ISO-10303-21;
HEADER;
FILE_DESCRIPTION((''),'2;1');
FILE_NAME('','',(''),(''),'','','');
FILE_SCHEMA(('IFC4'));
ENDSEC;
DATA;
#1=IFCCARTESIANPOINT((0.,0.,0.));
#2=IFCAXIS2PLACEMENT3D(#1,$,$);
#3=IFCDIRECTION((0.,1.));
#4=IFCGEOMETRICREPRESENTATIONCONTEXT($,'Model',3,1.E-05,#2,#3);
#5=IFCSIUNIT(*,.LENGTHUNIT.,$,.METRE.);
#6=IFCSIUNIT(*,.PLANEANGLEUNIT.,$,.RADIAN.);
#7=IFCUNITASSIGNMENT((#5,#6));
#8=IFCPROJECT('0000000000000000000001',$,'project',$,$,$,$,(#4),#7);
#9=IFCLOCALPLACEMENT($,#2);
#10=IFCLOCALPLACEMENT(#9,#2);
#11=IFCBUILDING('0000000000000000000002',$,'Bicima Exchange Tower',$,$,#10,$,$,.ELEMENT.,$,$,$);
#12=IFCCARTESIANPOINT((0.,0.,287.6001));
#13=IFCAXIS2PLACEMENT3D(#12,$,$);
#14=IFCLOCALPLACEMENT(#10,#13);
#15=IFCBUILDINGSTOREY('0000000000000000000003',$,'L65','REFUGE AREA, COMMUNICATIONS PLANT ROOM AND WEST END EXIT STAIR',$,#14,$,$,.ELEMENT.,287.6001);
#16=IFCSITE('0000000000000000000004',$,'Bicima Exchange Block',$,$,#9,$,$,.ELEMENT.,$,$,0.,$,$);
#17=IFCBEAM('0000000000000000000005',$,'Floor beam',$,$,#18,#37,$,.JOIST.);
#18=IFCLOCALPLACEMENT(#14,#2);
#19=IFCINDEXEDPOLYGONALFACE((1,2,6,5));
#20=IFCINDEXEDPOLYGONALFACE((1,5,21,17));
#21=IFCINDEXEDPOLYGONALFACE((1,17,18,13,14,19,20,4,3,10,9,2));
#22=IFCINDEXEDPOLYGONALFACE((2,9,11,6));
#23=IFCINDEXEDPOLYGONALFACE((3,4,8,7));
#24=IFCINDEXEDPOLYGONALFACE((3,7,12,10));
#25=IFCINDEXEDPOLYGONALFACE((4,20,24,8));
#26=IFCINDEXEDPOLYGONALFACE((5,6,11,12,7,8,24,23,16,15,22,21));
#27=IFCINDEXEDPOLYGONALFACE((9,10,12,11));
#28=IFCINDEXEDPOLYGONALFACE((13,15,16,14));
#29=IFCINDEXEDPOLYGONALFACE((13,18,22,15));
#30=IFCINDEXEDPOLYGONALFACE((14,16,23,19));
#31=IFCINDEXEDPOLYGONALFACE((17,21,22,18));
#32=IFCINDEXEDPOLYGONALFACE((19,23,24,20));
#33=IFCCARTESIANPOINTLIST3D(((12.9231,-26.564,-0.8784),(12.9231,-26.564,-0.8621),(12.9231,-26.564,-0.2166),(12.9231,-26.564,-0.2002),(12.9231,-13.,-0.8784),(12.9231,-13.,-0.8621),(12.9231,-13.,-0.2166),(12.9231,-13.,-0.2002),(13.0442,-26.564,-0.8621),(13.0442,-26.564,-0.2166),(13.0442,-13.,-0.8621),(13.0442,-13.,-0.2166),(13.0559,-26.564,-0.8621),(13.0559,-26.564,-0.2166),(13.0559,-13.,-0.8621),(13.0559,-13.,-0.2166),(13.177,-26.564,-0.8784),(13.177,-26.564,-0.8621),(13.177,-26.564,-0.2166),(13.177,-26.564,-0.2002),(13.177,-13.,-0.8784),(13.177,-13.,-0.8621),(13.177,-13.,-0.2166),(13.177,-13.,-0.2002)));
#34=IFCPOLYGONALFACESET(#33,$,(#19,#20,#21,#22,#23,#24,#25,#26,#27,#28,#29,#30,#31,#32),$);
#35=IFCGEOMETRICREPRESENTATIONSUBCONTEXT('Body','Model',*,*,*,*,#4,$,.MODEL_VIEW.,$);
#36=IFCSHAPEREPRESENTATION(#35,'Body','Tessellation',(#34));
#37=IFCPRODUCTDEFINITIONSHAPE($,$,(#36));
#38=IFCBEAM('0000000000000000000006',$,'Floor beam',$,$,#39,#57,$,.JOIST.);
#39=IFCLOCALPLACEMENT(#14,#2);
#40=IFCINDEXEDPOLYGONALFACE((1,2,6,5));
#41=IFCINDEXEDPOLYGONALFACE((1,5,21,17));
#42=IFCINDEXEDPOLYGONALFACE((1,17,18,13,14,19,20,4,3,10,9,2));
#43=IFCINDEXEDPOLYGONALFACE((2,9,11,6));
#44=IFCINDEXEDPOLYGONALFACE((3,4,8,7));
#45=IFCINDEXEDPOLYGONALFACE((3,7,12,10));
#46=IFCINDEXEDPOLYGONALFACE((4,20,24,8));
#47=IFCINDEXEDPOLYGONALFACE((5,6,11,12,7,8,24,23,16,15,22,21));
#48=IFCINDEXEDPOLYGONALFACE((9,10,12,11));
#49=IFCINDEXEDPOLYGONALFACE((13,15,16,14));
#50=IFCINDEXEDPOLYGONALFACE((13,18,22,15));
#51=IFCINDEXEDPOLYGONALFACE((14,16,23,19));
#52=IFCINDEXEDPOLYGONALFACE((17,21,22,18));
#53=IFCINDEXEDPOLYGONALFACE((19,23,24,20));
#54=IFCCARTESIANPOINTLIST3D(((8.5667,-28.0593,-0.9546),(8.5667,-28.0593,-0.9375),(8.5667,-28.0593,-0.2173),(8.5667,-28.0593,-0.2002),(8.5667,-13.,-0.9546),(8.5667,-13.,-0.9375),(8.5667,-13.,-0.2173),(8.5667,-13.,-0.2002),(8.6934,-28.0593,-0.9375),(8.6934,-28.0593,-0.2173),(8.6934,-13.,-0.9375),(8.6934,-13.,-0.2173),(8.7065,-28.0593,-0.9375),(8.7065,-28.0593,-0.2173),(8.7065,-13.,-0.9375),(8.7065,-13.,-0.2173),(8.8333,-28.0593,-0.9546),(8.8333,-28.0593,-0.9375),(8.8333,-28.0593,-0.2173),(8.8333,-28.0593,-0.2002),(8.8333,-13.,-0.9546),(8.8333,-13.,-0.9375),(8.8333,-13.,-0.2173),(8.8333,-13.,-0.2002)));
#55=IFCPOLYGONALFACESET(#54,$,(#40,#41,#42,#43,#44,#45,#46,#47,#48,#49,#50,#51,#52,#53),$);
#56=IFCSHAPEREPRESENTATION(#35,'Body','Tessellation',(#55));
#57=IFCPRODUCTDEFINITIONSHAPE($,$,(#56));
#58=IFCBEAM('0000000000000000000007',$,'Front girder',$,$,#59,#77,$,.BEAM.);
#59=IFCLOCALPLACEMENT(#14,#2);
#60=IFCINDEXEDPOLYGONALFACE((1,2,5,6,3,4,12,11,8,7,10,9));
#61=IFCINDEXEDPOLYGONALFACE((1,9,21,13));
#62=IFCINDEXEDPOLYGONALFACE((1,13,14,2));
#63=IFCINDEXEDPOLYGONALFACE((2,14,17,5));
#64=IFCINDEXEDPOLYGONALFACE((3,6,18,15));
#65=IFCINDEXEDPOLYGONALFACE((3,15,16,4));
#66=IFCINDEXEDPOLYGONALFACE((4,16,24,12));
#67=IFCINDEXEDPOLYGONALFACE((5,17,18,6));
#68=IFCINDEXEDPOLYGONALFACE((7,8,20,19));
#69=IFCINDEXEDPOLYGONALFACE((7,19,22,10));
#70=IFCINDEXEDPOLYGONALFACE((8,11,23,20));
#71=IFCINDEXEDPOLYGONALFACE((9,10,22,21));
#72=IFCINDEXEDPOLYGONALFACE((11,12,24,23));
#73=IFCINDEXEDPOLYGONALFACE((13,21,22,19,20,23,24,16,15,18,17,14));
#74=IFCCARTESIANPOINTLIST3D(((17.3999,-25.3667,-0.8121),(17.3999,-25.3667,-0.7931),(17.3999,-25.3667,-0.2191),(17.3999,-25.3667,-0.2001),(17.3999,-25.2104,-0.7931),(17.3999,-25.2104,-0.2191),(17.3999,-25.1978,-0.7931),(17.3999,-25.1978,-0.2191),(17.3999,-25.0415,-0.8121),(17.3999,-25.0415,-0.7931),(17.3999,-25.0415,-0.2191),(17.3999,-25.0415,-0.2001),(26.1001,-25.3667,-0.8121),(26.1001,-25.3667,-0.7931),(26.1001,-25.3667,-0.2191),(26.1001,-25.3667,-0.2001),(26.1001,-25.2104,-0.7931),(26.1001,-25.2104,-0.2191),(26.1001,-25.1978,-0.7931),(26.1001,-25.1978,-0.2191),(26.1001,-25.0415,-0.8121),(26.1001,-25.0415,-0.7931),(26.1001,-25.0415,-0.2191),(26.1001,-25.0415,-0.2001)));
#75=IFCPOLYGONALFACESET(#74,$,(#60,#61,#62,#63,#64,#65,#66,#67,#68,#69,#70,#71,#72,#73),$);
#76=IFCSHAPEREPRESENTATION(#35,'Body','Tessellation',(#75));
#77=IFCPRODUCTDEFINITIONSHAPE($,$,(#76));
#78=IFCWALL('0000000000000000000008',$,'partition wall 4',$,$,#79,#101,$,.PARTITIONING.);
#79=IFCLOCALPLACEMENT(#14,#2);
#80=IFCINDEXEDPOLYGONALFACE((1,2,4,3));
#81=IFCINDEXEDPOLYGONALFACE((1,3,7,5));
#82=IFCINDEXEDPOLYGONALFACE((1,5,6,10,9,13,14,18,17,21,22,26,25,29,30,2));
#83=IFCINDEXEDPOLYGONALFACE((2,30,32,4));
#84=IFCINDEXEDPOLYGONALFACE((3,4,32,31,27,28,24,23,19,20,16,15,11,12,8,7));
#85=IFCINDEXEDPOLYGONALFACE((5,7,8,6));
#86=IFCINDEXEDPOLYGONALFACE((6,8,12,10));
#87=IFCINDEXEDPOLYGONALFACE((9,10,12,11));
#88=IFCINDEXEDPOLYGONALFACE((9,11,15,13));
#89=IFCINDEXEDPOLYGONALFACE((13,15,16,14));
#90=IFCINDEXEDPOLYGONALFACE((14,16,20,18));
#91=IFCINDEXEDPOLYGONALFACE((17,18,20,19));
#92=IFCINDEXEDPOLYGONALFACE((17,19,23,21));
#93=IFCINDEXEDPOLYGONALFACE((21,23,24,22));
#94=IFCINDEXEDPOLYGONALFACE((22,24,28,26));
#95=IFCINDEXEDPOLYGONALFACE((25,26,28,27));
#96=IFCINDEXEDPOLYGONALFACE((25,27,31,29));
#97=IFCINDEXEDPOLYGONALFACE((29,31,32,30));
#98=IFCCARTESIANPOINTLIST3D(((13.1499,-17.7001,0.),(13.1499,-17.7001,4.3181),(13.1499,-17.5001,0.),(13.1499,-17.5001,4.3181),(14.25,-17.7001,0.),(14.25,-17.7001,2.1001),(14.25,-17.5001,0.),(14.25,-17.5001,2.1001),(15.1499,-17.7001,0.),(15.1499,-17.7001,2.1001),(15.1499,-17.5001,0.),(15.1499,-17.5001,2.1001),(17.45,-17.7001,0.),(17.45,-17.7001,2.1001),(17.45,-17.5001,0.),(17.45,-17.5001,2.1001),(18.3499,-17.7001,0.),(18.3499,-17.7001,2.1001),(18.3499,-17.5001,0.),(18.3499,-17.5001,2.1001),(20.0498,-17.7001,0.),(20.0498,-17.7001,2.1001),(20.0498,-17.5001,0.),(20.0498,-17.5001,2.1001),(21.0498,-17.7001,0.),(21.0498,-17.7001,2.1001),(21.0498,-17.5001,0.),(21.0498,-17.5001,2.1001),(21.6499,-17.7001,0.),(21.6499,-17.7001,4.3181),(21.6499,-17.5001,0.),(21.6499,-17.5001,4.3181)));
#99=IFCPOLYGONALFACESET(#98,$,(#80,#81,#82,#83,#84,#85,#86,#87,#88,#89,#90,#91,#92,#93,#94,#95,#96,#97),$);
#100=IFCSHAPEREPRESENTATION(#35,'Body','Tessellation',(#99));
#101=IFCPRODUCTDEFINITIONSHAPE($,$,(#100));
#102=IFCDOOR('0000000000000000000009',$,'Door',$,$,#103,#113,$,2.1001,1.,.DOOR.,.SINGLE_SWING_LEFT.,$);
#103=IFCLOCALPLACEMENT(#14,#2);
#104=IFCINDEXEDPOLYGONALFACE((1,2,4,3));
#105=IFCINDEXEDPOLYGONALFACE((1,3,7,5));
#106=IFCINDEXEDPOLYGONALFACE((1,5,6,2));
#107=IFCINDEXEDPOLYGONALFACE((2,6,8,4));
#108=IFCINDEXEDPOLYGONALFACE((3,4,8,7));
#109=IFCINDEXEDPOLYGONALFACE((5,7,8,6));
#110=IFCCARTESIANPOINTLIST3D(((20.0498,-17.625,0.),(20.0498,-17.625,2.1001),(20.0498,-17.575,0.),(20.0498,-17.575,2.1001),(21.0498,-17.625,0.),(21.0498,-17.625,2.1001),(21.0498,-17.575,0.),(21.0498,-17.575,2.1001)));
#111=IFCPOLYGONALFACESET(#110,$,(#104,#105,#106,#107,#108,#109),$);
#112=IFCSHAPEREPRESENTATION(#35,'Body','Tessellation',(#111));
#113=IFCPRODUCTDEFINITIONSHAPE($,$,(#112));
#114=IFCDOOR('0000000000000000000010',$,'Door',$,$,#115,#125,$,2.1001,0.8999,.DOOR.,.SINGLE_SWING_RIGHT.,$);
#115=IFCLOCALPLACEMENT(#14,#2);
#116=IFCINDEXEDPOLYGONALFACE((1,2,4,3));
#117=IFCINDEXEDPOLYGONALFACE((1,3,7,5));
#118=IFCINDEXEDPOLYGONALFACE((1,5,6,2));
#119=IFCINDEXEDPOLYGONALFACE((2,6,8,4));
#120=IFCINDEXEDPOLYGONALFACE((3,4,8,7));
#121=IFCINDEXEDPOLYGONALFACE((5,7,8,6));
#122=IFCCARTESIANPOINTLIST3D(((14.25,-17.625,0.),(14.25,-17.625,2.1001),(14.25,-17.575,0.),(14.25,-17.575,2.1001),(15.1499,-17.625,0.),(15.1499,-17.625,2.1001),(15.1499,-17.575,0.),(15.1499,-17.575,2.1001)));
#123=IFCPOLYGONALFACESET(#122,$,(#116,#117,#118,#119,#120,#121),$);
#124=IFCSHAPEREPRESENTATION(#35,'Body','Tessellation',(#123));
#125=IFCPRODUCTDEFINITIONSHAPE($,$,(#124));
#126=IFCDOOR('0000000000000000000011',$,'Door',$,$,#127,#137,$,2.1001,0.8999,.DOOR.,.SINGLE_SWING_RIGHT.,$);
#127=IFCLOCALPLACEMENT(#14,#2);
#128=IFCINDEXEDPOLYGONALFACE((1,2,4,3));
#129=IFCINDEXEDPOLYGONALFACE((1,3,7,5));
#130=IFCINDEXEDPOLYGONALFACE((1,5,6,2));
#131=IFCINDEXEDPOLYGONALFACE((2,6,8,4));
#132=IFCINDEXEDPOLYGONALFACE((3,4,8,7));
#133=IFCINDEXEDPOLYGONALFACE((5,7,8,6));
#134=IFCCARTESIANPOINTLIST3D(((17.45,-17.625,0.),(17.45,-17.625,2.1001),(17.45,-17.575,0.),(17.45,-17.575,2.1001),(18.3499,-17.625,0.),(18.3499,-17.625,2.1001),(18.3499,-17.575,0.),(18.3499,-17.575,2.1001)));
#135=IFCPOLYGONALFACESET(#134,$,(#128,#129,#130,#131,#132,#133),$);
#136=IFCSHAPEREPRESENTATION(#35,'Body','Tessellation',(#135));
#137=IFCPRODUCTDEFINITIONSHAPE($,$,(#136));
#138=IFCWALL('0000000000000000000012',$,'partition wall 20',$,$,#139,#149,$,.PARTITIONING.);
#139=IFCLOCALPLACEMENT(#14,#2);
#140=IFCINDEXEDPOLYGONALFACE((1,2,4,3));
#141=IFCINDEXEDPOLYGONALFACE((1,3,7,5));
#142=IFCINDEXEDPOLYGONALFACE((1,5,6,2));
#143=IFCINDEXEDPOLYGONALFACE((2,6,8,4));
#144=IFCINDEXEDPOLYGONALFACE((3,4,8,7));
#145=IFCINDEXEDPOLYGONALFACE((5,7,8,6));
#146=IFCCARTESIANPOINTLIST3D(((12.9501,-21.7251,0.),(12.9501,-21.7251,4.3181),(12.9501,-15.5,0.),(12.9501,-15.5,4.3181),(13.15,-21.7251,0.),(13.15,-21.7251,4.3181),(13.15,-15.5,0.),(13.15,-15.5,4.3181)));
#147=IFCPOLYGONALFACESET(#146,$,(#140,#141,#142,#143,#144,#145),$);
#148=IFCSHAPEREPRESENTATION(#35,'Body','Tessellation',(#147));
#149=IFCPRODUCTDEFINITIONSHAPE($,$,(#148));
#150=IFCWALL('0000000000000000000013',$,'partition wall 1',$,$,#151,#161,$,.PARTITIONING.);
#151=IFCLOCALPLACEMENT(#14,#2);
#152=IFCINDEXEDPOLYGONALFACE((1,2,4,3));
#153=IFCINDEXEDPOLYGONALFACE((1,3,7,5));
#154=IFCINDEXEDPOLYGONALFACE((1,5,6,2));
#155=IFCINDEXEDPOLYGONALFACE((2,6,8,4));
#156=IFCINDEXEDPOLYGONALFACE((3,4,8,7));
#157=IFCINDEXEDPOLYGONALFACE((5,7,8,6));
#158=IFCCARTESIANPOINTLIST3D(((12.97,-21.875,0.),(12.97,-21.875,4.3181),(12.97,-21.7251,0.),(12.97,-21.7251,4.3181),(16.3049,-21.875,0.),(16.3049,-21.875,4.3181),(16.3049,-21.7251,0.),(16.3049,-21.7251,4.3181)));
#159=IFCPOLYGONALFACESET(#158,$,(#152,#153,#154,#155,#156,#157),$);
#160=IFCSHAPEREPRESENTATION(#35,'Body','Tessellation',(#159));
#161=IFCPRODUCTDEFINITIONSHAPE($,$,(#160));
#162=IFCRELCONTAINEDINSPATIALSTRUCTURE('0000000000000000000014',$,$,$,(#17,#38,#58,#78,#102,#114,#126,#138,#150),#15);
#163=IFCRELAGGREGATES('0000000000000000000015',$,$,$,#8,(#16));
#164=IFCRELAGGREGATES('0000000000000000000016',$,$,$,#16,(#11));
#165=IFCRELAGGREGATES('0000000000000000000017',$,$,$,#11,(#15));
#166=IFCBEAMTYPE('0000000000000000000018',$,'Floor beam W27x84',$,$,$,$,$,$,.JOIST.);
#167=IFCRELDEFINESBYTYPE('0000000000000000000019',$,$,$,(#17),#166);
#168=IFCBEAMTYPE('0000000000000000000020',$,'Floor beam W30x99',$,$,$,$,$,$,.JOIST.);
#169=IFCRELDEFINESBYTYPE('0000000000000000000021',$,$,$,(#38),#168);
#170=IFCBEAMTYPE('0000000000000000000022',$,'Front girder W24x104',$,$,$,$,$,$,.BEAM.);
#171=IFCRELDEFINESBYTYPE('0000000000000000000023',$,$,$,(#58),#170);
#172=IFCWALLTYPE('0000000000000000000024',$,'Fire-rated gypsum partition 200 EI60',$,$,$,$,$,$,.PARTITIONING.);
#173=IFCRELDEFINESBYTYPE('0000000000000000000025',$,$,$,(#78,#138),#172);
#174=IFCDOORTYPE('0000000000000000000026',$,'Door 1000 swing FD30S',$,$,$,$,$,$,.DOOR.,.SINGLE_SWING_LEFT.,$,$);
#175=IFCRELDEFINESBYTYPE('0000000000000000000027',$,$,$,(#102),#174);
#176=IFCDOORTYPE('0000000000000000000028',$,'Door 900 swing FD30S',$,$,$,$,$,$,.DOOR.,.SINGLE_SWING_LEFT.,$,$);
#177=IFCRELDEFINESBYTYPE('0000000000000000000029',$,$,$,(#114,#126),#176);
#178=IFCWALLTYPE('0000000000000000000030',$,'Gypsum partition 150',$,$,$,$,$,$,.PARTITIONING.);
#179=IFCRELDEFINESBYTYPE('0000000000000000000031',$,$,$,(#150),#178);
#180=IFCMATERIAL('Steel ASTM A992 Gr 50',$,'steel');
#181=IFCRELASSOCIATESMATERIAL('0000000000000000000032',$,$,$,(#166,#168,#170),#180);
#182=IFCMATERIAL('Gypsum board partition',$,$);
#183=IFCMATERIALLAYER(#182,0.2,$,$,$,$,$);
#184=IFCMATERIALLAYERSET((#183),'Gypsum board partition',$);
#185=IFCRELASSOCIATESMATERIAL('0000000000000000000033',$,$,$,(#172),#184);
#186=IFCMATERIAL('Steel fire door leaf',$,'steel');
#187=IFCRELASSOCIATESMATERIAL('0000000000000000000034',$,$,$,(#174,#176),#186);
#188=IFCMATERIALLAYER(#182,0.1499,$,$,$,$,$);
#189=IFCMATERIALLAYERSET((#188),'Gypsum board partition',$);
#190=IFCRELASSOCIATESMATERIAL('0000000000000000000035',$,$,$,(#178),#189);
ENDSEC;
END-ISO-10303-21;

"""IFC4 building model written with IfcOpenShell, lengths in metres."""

from ifc_helpers import new_model, si_unit, direction, frame, frame_2d, origin, origin_2d, place, context, subcontext, project, spatial, rectangle, i_section, extrude, material, layer, layer_set, material_profile, profile_set, type_object, element, fill, save


model = new_model("IFC4")

# Units and contexts
model_context = context("Model", 3, precision=1e-05, world=origin(), true_north=direction((0.0, 1.0)))
body_context = subcontext(model_context, "Body", "Model", "MODEL_VIEW")
ifc_project = project(units=[si_unit("LENGTHUNIT", "METRE"), si_unit("PLANEANGLEUNIT", "RADIAN")], contexts=[model_context])

# Site, building, storey
site_placement = place(None, origin())
site = spatial("IfcSite", under=ifc_project, at=site_placement, Name="Bicima Exchange Block", CompositionType="ELEMENT", RefElevation=0.0)
building_placement = place(site_placement, origin())
building = spatial("IfcBuilding", under=site, at=building_placement, Name="Bicima Exchange Tower", CompositionType="ELEMENT")
storey_placement = place(building_placement, frame((0.0, 0.0, 287.6001)))
storey = spatial("IfcBuildingStorey", under=building, at=storey_placement, Name="L65", Description="REFUGE AREA, COMMUNICATIONS PLANT ROOM AND WEST END EXIT STAIR", CompositionType="ELEMENT", Elevation=287.6001)

# Shared definitions
ifc_material_1 = material(Name="Steel ASTM A992 Gr 50", Category="steel")

# Beams
ifc_material_profile_1 = material_profile(ifc_material_1, i_section(OverallWidth=0.2539, OverallDepth=0.6782, WebThickness=0.0117, FlangeThickness=0.0164, at=origin_2d()))
ifc_profile_set_1 = profile_set([ifc_material_profile_1], Name="Steel ASTM A992 Gr 50")
beam_type_1 = type_object("IfcBeamType", Name="Floor beam W27x84", PredefinedType="JOIST", material=ifc_profile_set_1)
beam_1_placement = place(storey_placement, frame((13.05, -13.0, -0.5393), z_axis=(0.0, -1.0, 0.0), x_axis=(1.0, 0.0, 0.0)))
element("IfcBeam", 1, at=beam_1_placement, inside=storey, type_object=beam_type_1, Name="Floor beam", PredefinedType="JOIST", context=body_context, shape_type="SweptSolid", body=[
    extrude(i_section(OverallWidth=0.2539, OverallDepth=0.6782, WebThickness=0.0117, FlangeThickness=0.0164, at=origin_2d()), origin(), (0.0, 0.0, 1.0), 13.564),
])
ifc_material_profile_2 = material_profile(ifc_material_1, i_section(OverallWidth=0.2666, OverallDepth=0.7544, WebThickness=0.0132, FlangeThickness=0.0171, at=origin_2d()))
ifc_profile_set_2 = profile_set([ifc_material_profile_2], Name="Steel ASTM A992 Gr 50")
beam_type_2 = type_object("IfcBeamType", Name="Floor beam W30x99", PredefinedType="JOIST", material=ifc_profile_set_2)
beam_2_placement = place(storey_placement, frame((8.7, -13.0, -0.5774), z_axis=(0.0, -1.0, 0.0), x_axis=(1.0, 0.0, 0.0)))
element("IfcBeam", 2, at=beam_2_placement, inside=storey, type_object=beam_type_2, Name="Floor beam", PredefinedType="JOIST", context=body_context, shape_type="SweptSolid", body=[
    extrude(i_section(OverallWidth=0.2666, OverallDepth=0.7544, WebThickness=0.0132, FlangeThickness=0.0171, at=origin_2d()), origin(), (0.0, 0.0, 1.0), 15.0593),
])
ifc_material_profile_3 = material_profile(ifc_material_1, i_section(OverallWidth=0.3252, OverallDepth=0.6121, WebThickness=0.0127, FlangeThickness=0.019, at=origin_2d()))
ifc_profile_set_3 = profile_set([ifc_material_profile_3], Name="Steel ASTM A992 Gr 50")
beam_type_3 = type_object("IfcBeamType", Name="Front girder W24x104", PredefinedType="BEAM", material=ifc_profile_set_3)
beam_3_placement = place(storey_placement, frame((17.3999, -25.2041, -0.5061), z_axis=(1.0, 0.0, 0.0), x_axis=(0.0, 1.0, 0.0)))
element("IfcBeam", 3, at=beam_3_placement, inside=storey, type_object=beam_type_3, Name="Front girder", PredefinedType="BEAM", context=body_context, shape_type="SweptSolid", body=[
    extrude(i_section(OverallWidth=0.3252, OverallDepth=0.6121, WebThickness=0.0127, FlangeThickness=0.019, at=origin_2d()), origin(), (0.0, 0.0, 1.0), 8.7002),
])

# Wall, openings, doors
ifc_material_2 = material(Name="Gypsum board partition")
ifc_layer_1 = layer(ifc_material_2, 0.2)
ifc_layer_set_1 = layer_set([ifc_layer_1], Name="Gypsum board partition")
wall_type_1 = type_object("IfcWallType", Name="Fire-rated gypsum partition 200 EI60", PredefinedType="PARTITIONING", material=ifc_layer_set_1)
wall_1_placement = place(storey_placement, frame((13.1499, -17.6001, 0.0), z_axis=(0.0, 0.0, 1.0), x_axis=(1.0, 0.0, 0.0)))
wall_1 = element("IfcWall", 4, at=wall_1_placement, inside=storey, type_object=wall_type_1, Name="partition wall 4", PredefinedType="PARTITIONING", context=body_context, shape_type="SweptSolid", body=[
    extrude(rectangle(XDim=8.5, YDim=0.2, at=frame_2d((4.25, 0.0))), origin(), (0.0, 0.0, 1.0), 4.3181),
])
opening_1_placement = place(wall_1_placement, frame((1.1001, 0.0, 0.0)))
opening_1 = element("IfcOpeningElement", 5, at=opening_1_placement, cuts=wall_1, PredefinedType="OPENING", context=body_context, shape_type="SweptSolid", body=[
    extrude(rectangle(XDim=0.8999, YDim=2.1001, at=frame_2d((0.45, 1.05))), frame((0.0, 0.1118, 0.0), z_axis=(0.0, -1.0, 0.0), x_axis=(1.0, 0.0, 0.0)), (0.0, 0.0, 1.0), 0.2239),
])
opening_2_placement = place(wall_1_placement, frame((4.3, 0.0, 0.0)))
opening_2 = element("IfcOpeningElement", 6, at=opening_2_placement, cuts=wall_1, PredefinedType="OPENING", context=body_context, shape_type="SweptSolid", body=[
    extrude(rectangle(XDim=0.8999, YDim=2.1001, at=frame_2d((0.45, 1.05))), frame((0.0, 0.1118, 0.0), z_axis=(0.0, -1.0, 0.0), x_axis=(1.0, 0.0, 0.0)), (0.0, 0.0, 1.0), 0.2239),
])
opening_3_placement = place(wall_1_placement, frame((6.8999, 0.0, 0.0)))
opening_3 = element("IfcOpeningElement", 7, at=opening_3_placement, cuts=wall_1, PredefinedType="OPENING", context=body_context, shape_type="SweptSolid", body=[
    extrude(rectangle(XDim=1.0, YDim=2.1001, at=frame_2d((0.5, 1.05))), frame((0.0, 0.1118, 0.0), z_axis=(0.0, -1.0, 0.0), x_axis=(1.0, 0.0, 0.0)), (0.0, 0.0, 1.0), 0.2239),
])
ifc_material_3 = material(Name="Steel fire door leaf", Category="steel")
door_type_1 = type_object("IfcDoorType", Name="Door 1000 swing FD30S", OperationType="SINGLE_SWING_LEFT", PredefinedType="DOOR", material=ifc_material_3)
door_1_placement = place(opening_3_placement, frame((1.0, 0.0, 0.0), z_axis=(0.0, 0.0, 1.0), x_axis=(-1.0, 0.0, 0.0)))
door_1 = element("IfcDoor", 8, at=door_1_placement, inside=storey, type_object=door_type_1, Name="Door", OperationType="SINGLE_SWING_LEFT", OverallHeight=2.1001, OverallWidth=1.0, PredefinedType="DOOR", context=body_context, shape_type="SweptSolid", body=[
    extrude(rectangle(XDim=1.0, YDim=2.1001, at=frame_2d((0.5, 1.05))), frame((0.0, 0.0249, 0.0), z_axis=(0.0, -1.0, 0.0), x_axis=(1.0, 0.0, 0.0)), (0.0, 0.0, 1.0), 0.05),
])
fill(opening_3, door_1)
door_type_2 = type_object("IfcDoorType", Name="Door 900 swing FD30S", OperationType="SINGLE_SWING_LEFT", PredefinedType="DOOR", material=ifc_material_3)
door_2_placement = place(opening_1_placement, frame((0.8999, 0.0, 0.0), z_axis=(0.0, 0.0, 1.0), x_axis=(-1.0, 0.0, 0.0)))
door_2 = element("IfcDoor", 9, at=door_2_placement, inside=storey, type_object=door_type_2, Name="Door", OperationType="SINGLE_SWING_RIGHT", OverallHeight=2.1001, OverallWidth=0.8999, PredefinedType="DOOR", context=body_context, shape_type="SweptSolid", body=[
    extrude(rectangle(XDim=0.8999, YDim=2.1001, at=frame_2d((0.45, 1.05))), frame((0.0, 0.0249, 0.0), z_axis=(0.0, -1.0, 0.0), x_axis=(1.0, 0.0, 0.0)), (0.0, 0.0, 1.0), 0.05),
])
fill(opening_1, door_2)
door_3_placement = place(opening_2_placement, frame((0.8999, 0.0, 0.0), z_axis=(0.0, 0.0, 1.0), x_axis=(-1.0, 0.0, 0.0)))
door_3 = element("IfcDoor", 10, at=door_3_placement, inside=storey, type_object=door_type_2, Name="Door", OperationType="SINGLE_SWING_RIGHT", OverallHeight=2.1001, OverallWidth=0.8999, PredefinedType="DOOR", context=body_context, shape_type="SweptSolid", body=[
    extrude(rectangle(XDim=0.8999, YDim=2.1001, at=frame_2d((0.45, 1.05))), frame((0.0, 0.0249, 0.0), z_axis=(0.0, -1.0, 0.0), x_axis=(1.0, 0.0, 0.0)), (0.0, 0.0, 1.0), 0.05),
])
fill(opening_2, door_3)

# Walls
wall_2_placement = place(storey_placement, frame((13.05, -21.7251, 0.0), z_axis=(0.0, 0.0, 1.0), x_axis=(0.0, 1.0, 0.0)))
element("IfcWall", 11, at=wall_2_placement, inside=storey, type_object=wall_type_1, Name="partition wall 20", PredefinedType="PARTITIONING", context=body_context, shape_type="SweptSolid", body=[
    extrude(rectangle(XDim=6.2251, YDim=0.2, at=frame_2d((3.1125, 0.0))), origin(), (0.0, 0.0, 1.0), 4.3181),
])
ifc_layer_2 = layer(ifc_material_2, 0.1499)
ifc_layer_set_2 = layer_set([ifc_layer_2], Name="Gypsum board partition")
wall_type_2 = type_object("IfcWallType", Name="Gypsum partition 150", PredefinedType="PARTITIONING", material=ifc_layer_set_2)
wall_3_placement = place(storey_placement, frame((12.97, -21.8, 0.0), z_axis=(0.0, 0.0, 1.0), x_axis=(1.0, 0.0, 0.0)))
element("IfcWall", 12, at=wall_3_placement, inside=storey, type_object=wall_type_2, Name="partition wall 1", PredefinedType="PARTITIONING", context=body_context, shape_type="SweptSolid", body=[
    extrude(rectangle(XDim=3.335, YDim=0.1499, at=frame_2d((1.6675, 0.0))), origin(), (0.0, 0.0, 1.0), 4.3181),
])

save(model, "model.ifc")
